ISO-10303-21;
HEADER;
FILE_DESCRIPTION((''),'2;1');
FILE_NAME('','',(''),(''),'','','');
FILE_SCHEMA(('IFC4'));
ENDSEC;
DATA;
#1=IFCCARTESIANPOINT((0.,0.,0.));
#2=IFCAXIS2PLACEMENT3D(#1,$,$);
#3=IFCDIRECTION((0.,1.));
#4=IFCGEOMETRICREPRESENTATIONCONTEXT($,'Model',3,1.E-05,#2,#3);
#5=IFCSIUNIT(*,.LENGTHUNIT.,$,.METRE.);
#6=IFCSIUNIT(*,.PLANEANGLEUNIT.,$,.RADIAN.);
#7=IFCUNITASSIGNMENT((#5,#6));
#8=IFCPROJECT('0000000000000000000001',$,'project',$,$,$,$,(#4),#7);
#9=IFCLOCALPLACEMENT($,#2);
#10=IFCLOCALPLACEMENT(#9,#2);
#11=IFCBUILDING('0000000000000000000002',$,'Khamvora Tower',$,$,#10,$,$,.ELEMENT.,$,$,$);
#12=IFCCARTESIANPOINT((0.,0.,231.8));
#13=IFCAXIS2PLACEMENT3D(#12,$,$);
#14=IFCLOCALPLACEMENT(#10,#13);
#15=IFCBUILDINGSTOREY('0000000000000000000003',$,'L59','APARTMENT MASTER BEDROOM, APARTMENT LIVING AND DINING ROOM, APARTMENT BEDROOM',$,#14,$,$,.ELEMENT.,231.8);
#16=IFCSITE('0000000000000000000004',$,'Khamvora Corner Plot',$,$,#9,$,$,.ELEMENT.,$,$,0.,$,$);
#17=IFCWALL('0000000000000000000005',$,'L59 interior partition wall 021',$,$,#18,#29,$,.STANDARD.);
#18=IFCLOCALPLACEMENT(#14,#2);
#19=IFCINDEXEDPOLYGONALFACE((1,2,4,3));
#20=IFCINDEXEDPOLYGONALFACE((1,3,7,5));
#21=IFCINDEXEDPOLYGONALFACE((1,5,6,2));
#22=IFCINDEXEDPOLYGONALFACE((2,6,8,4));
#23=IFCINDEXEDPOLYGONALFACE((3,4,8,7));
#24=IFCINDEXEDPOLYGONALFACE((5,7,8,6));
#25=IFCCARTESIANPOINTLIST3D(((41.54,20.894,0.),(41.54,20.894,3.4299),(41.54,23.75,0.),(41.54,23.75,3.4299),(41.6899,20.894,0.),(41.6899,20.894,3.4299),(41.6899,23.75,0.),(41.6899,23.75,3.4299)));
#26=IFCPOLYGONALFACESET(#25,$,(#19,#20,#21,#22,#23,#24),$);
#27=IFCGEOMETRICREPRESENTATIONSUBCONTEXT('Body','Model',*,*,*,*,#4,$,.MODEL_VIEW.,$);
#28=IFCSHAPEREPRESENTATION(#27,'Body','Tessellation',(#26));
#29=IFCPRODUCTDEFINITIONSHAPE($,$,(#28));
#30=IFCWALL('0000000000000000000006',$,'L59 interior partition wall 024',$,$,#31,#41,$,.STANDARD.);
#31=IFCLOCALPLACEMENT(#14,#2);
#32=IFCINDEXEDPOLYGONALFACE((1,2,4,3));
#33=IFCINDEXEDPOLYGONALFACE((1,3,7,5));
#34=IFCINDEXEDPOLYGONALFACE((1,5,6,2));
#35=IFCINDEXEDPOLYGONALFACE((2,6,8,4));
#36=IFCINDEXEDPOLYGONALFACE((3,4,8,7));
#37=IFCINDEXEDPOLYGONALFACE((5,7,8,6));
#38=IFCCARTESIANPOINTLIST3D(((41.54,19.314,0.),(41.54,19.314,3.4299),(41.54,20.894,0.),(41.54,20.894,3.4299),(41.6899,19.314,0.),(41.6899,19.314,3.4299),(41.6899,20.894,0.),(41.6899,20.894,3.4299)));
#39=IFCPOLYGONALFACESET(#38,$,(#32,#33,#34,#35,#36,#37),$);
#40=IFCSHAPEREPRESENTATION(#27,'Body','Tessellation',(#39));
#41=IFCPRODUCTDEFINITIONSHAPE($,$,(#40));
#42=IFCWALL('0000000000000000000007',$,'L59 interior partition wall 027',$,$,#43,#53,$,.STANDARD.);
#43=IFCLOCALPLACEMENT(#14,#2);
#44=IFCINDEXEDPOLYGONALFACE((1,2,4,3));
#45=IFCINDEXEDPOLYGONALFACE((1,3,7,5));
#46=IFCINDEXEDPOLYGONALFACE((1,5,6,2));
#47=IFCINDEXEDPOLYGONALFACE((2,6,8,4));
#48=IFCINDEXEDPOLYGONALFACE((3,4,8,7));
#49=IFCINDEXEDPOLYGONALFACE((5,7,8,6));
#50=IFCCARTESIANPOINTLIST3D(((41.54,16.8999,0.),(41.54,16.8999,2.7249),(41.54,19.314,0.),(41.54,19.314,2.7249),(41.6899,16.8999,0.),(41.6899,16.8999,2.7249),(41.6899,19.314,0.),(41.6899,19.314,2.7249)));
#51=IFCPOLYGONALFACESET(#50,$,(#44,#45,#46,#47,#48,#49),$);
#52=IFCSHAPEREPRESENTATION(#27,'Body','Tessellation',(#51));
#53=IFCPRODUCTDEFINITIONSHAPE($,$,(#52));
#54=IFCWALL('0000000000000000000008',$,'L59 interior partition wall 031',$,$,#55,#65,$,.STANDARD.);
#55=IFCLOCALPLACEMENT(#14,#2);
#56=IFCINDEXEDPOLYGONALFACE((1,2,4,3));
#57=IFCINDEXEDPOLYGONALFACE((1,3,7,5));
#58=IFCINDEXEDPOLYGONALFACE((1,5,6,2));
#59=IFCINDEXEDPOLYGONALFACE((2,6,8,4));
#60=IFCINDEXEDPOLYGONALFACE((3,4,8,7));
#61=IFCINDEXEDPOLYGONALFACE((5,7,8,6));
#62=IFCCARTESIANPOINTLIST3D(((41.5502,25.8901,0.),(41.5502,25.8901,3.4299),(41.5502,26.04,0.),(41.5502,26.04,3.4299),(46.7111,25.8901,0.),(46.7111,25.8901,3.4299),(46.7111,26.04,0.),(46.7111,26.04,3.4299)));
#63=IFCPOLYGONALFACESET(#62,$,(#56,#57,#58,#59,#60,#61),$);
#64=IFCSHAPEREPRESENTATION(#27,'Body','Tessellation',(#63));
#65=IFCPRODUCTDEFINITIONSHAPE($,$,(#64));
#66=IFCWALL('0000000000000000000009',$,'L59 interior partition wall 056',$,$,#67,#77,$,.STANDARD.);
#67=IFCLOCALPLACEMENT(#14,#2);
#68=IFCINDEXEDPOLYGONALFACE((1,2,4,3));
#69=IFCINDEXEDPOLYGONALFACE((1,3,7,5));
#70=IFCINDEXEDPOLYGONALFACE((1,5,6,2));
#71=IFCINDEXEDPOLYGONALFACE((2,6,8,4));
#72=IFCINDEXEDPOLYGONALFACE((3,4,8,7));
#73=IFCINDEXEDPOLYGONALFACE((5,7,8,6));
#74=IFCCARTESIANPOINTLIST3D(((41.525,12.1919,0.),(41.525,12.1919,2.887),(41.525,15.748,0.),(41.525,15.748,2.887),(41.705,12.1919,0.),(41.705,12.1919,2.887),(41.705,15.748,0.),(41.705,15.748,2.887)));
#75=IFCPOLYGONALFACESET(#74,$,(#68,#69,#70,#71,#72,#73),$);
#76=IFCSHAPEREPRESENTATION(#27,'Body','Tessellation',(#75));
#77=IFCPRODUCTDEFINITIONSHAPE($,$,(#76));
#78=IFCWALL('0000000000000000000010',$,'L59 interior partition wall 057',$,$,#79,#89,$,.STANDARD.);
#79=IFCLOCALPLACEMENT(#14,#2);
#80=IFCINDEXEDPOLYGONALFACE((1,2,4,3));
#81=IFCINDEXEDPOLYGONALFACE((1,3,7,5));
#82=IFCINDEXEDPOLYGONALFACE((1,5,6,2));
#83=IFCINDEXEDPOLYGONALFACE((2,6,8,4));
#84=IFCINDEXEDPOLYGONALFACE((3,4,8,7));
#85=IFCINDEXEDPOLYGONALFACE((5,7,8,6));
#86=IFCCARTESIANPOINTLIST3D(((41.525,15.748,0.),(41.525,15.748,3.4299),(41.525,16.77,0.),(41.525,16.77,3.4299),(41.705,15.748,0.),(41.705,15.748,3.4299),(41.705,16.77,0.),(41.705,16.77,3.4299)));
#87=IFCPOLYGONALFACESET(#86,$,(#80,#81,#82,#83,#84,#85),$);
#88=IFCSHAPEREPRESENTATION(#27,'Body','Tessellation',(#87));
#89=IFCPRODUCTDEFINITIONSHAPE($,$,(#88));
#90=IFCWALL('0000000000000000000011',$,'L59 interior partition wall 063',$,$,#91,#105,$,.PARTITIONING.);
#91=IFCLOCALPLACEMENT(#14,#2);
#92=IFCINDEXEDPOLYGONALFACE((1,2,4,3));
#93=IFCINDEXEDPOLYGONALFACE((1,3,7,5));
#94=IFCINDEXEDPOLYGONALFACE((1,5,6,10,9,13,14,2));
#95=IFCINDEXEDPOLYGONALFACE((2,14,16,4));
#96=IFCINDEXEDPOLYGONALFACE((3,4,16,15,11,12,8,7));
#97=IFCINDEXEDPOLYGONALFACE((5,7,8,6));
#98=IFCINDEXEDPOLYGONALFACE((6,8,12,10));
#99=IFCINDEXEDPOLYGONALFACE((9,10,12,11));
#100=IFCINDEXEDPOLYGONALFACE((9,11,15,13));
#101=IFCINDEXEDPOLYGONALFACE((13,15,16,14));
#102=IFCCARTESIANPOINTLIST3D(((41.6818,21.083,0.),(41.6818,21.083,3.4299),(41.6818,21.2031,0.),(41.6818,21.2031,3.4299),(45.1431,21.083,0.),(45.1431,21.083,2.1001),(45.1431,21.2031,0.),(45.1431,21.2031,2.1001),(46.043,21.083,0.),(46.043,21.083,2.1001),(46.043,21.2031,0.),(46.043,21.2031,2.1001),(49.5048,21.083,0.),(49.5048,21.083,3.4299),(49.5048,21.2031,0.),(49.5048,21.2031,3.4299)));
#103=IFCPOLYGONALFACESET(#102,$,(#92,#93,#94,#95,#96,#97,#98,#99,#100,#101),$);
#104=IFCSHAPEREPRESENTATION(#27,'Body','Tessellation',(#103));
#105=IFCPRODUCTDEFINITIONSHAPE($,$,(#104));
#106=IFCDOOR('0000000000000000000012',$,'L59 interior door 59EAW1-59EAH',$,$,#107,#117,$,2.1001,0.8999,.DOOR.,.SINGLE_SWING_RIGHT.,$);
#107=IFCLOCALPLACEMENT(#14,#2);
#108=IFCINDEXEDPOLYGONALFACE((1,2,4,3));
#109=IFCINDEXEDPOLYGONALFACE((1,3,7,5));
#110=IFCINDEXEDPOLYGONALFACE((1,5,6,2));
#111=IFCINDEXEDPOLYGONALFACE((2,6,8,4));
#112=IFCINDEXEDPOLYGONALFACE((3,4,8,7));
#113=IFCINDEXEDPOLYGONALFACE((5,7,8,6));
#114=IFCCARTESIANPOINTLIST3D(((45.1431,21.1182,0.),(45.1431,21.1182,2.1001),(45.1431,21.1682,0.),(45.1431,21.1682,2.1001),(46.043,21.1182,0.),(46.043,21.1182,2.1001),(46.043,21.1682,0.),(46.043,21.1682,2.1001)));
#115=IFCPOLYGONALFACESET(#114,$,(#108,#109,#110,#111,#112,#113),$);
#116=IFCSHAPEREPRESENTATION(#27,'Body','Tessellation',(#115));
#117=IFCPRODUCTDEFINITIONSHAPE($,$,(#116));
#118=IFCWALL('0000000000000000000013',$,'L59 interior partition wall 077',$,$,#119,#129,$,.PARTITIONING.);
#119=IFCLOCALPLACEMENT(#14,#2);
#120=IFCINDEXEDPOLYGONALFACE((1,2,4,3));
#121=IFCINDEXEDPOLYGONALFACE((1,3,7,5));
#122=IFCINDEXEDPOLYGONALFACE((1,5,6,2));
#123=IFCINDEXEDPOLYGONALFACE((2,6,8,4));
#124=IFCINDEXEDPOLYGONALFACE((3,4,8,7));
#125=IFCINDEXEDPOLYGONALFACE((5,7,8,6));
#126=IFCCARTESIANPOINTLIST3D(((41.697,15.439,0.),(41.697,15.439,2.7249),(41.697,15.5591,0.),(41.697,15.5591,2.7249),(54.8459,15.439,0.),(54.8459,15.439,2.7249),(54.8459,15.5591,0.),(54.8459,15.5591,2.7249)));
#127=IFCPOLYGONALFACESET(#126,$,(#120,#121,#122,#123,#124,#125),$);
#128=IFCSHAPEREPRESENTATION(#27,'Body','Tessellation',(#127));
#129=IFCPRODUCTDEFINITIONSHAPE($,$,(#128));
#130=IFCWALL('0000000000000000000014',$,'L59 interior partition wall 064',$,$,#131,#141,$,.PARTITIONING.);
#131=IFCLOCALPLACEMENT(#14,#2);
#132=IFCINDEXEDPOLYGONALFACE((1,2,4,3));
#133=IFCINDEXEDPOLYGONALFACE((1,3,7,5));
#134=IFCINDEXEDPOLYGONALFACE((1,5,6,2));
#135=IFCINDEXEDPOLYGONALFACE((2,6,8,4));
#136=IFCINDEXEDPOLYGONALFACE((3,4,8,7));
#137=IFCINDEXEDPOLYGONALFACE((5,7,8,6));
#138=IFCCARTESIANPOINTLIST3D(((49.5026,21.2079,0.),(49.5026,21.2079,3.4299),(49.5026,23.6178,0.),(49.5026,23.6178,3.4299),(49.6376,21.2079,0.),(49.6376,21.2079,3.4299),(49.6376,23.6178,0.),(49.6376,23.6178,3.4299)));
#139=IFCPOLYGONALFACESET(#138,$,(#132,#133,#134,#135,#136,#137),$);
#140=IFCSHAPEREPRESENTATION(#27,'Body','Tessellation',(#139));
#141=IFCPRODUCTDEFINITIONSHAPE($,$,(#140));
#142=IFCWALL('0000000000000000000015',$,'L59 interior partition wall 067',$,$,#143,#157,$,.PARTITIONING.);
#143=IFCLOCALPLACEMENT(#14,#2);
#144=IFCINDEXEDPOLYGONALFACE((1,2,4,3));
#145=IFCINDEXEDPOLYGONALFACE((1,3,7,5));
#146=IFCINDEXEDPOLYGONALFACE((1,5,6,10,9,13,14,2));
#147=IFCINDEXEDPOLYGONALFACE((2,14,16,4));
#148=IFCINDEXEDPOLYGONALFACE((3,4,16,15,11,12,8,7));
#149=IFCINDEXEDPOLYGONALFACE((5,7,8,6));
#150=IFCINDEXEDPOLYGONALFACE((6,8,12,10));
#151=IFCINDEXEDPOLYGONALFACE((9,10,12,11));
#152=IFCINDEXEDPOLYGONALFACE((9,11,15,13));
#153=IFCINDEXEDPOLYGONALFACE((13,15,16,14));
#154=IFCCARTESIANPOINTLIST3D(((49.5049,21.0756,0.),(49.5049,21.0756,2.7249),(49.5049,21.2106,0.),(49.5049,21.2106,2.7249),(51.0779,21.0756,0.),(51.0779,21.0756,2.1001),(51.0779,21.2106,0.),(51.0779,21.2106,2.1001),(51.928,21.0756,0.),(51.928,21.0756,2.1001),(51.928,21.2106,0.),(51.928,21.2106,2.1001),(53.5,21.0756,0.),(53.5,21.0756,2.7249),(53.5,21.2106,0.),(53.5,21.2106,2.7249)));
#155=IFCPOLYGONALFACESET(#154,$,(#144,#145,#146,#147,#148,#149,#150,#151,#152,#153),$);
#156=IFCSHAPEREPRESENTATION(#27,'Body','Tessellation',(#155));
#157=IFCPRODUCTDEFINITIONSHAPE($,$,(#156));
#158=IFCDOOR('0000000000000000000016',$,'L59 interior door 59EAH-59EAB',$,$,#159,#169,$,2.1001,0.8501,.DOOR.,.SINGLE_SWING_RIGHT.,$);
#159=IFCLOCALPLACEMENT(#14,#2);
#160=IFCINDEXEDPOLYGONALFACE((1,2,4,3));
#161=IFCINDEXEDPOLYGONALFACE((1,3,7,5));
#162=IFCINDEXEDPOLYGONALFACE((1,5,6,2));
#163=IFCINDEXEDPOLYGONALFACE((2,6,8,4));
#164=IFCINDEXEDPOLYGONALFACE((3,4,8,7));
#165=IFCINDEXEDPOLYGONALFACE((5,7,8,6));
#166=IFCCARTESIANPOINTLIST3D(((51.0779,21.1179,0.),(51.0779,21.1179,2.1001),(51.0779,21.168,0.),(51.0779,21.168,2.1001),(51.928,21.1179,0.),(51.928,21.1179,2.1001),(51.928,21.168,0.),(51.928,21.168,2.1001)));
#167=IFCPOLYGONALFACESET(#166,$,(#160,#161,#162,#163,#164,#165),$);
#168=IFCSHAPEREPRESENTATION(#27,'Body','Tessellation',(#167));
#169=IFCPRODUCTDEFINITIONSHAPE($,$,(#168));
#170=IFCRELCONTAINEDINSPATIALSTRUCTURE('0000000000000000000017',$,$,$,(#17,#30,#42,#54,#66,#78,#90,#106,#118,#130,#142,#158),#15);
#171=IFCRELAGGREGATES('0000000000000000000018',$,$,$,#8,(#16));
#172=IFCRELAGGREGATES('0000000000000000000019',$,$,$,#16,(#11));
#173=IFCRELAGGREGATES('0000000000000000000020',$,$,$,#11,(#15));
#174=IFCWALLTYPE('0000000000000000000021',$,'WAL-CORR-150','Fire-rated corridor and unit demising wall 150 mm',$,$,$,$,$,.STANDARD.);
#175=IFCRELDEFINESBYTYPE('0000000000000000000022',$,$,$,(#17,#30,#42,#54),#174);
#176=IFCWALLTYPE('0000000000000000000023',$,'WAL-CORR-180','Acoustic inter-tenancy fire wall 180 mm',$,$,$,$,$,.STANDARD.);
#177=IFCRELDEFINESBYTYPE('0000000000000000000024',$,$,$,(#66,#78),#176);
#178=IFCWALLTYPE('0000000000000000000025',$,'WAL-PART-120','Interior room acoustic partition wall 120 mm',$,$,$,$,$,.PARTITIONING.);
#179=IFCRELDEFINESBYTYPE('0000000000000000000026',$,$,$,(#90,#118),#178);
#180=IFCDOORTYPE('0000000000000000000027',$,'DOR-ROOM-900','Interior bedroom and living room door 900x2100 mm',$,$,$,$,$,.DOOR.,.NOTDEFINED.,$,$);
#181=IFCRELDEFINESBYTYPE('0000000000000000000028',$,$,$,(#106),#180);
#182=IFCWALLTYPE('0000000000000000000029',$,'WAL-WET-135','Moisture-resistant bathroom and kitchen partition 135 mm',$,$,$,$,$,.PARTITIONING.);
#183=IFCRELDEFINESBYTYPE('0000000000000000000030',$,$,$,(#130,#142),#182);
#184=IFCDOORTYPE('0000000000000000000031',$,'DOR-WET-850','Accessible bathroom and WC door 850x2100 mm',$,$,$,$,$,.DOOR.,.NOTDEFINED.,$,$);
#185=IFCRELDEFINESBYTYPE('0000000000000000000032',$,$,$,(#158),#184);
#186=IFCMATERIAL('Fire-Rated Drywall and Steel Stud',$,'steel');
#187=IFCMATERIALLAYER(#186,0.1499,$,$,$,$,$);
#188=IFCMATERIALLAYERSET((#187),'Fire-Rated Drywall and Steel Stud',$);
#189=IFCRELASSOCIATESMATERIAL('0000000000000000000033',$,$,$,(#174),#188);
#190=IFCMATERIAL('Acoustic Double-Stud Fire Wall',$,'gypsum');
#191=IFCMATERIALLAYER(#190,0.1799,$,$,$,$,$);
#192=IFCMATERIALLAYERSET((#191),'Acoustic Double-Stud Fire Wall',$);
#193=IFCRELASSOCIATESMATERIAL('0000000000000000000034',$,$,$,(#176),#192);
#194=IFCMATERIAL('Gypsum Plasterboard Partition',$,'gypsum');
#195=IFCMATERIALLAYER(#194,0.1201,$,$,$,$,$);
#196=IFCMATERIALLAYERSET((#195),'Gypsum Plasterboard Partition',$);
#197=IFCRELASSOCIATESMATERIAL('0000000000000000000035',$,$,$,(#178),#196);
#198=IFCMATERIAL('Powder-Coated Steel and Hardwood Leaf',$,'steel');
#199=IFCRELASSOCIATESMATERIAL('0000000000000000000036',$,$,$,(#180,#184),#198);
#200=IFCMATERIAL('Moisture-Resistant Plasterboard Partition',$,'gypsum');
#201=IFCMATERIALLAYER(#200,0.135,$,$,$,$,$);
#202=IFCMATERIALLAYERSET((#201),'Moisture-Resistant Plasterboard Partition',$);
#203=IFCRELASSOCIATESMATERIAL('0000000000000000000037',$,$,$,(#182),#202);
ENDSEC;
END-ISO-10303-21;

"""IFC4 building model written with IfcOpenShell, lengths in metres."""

from ifc_helpers import new_model, si_unit, direction, frame, frame_2d, origin, place, context, subcontext, project, spatial, rectangle, extrude, material, layer, layer_set, type_object, element, fill, save


model = new_model("IFC4")

# Units and contexts
model_context = context("Model", 3, precision=1e-05, world=origin(), true_north=direction((0.0, 1.0)))
body_context = subcontext(model_context, "Body", "Model", "MODEL_VIEW")
ifc_project = project(units=[si_unit("LENGTHUNIT", "METRE"), si_unit("PLANEANGLEUNIT", "RADIAN")], contexts=[model_context])

# Site, building, storey
site_placement = place(None, origin())
site = spatial("IfcSite", under=ifc_project, at=site_placement, Name="Khamvora Corner Plot", CompositionType="ELEMENT", RefElevation=0.0)
building_placement = place(site_placement, origin())
building = spatial("IfcBuilding", under=site, at=building_placement, Name="Khamvora Tower", CompositionType="ELEMENT")
storey_placement = place(building_placement, frame((0.0, 0.0, 231.8)))
storey = spatial("IfcBuildingStorey", under=building, at=storey_placement, Name="L59", Description="APARTMENT MASTER BEDROOM, APARTMENT LIVING AND DINING ROOM, APARTMENT BEDROOM", CompositionType="ELEMENT", Elevation=231.8)

# Walls
ifc_material_1 = material(Name="Fire-Rated Drywall and Steel Stud", Category="steel")
ifc_layer_1 = layer(ifc_material_1, 0.1499)
ifc_layer_set_1 = layer_set([ifc_layer_1], Name="Fire-Rated Drywall and Steel Stud")
wall_type_1 = type_object("IfcWallType", Name="WAL-CORR-150", Description="Fire-rated corridor and unit demising wall 150 mm", PredefinedType="STANDARD", material=ifc_layer_set_1)
wall_1_placement = place(storey_placement, frame((41.615, 23.75, 0.0), z_axis=(0.0, 0.0, 1.0), x_axis=(0.0, -1.0, 0.0)))
element("IfcWall", 1, at=wall_1_placement, inside=storey, type_object=wall_type_1, Name="L59 interior partition wall 021", PredefinedType="STANDARD", context=body_context, shape_type="SweptSolid", body=[
    extrude(rectangle(XDim=2.856, YDim=0.1499, at=frame_2d((1.428, 0.0))), origin(), (0.0, 0.0, 1.0), 3.4299),
])
wall_2_placement = place(storey_placement, frame((41.615, 20.894, 0.0), z_axis=(0.0, 0.0, 1.0), x_axis=(0.0, -1.0, 0.0)))
element("IfcWall", 2, at=wall_2_placement, inside=storey, type_object=wall_type_1, Name="L59 interior partition wall 024", PredefinedType="STANDARD", context=body_context, shape_type="SweptSolid", body=[
    extrude(rectangle(XDim=1.5801, YDim=0.1499, at=frame_2d((0.79, 0.0))), origin(), (0.0, 0.0, 1.0), 3.4299),
])
wall_3_placement = place(storey_placement, frame((41.615, 19.314, 0.0), z_axis=(0.0, 0.0, 1.0), x_axis=(0.0, -1.0, 0.0)))
element("IfcWall", 3, at=wall_3_placement, inside=storey, type_object=wall_type_1, Name="L59 interior partition wall 027", PredefinedType="STANDARD", context=body_context, shape_type="SweptSolid", body=[
    extrude(rectangle(XDim=2.4141, YDim=0.1499, at=frame_2d((1.207, 0.0))), origin(), (0.0, 0.0, 1.0), 2.7249),
])
wall_4_placement = place(storey_placement, frame((41.55, 25.9651, 0.0), z_axis=(0.0, 0.0, 1.0), x_axis=(1.0, 0.0, 0.0)))
element("IfcWall", 4, at=wall_4_placement, inside=storey, type_object=wall_type_1, Name="L59 interior partition wall 031", PredefinedType="STANDARD", context=body_context, shape_type="SweptSolid", body=[
    extrude(rectangle(XDim=5.1609, YDim=0.1499, at=frame_2d((2.5806, 0.0))), origin(), (0.0, 0.0, 1.0), 3.4299),
])
ifc_material_2 = material(Name="Acoustic Double-Stud Fire Wall", Category="gypsum")
ifc_layer_2 = layer(ifc_material_2, 0.1799)
ifc_layer_set_2 = layer_set([ifc_layer_2], Name="Acoustic Double-Stud Fire Wall")
wall_type_2 = type_object("IfcWallType", Name="WAL-CORR-180", Description="Acoustic inter-tenancy fire wall 180 mm", PredefinedType="STANDARD", material=ifc_layer_set_2)
wall_5_placement = place(storey_placement, frame((41.615, 15.748, 0.0), z_axis=(0.0, 0.0, 1.0), x_axis=(0.0, -1.0, 0.0)))
element("IfcWall", 5, at=wall_5_placement, inside=storey, type_object=wall_type_2, Name="L59 interior partition wall 056", PredefinedType="STANDARD", context=body_context, shape_type="SweptSolid", body=[
    extrude(rectangle(XDim=3.5562, YDim=0.1799, at=frame_2d((1.7781, 0.0))), origin(), (0.0, 0.0, 1.0), 2.887),
])
wall_6_placement = place(storey_placement, frame((41.615, 16.77, 0.0), z_axis=(0.0, 0.0, 1.0), x_axis=(0.0, -1.0, 0.0)))
element("IfcWall", 6, at=wall_6_placement, inside=storey, type_object=wall_type_2, Name="L59 interior partition wall 057", PredefinedType="STANDARD", context=body_context, shape_type="SweptSolid", body=[
    extrude(rectangle(XDim=1.022, YDim=0.1799, at=frame_2d((0.511, 0.0))), origin(), (0.0, 0.0, 1.0), 3.4299),
])

# Wall, opening, door
ifc_material_3 = material(Name="Gypsum Plasterboard Partition", Category="gypsum")
ifc_layer_3 = layer(ifc_material_3, 0.1201)
ifc_layer_set_3 = layer_set([ifc_layer_3], Name="Gypsum Plasterboard Partition")
wall_type_3 = type_object("IfcWallType", Name="WAL-PART-120", Description="Interior room acoustic partition wall 120 mm", PredefinedType="PARTITIONING", material=ifc_layer_set_3)
wall_7_placement = place(storey_placement, frame((49.5049, 21.1431, 0.0), z_axis=(0.0, 0.0, 1.0), x_axis=(-1.0, 0.0, 0.0)))
wall_7 = element("IfcWall", 7, at=wall_7_placement, inside=storey, type_object=wall_type_3, Name="L59 interior partition wall 063", PredefinedType="PARTITIONING", context=body_context, shape_type="SweptSolid", body=[
    extrude(rectangle(XDim=7.823, YDim=0.1201, at=frame_2d((3.9116, 0.0))), origin(), (0.0, 0.0, 1.0), 3.4299),
])
opening_1_placement = place(wall_7_placement, frame((3.4619, 0.0, 0.0)))
opening_1 = element("IfcOpeningElement", 8, at=opening_1_placement, cuts=wall_7, PredefinedType="OPENING", context=body_context, shape_type="SweptSolid", body=[
    extrude(rectangle(XDim=0.8999, YDim=2.1001, at=frame_2d((0.45, 1.05))), frame((0.0, 0.0701, 0.0), z_axis=(0.0, -1.0, 0.0), x_axis=(1.0, 0.0, 0.0)), (0.0, 0.0, 1.0), 0.1401),
])
ifc_material_4 = material(Name="Powder-Coated Steel and Hardwood Leaf", Category="steel")
door_type_1 = type_object("IfcDoorType", Name="DOR-ROOM-900", Description="Interior bedroom and living room door 900x2100 mm", OperationType="NOTDEFINED", PredefinedType="DOOR", material=ifc_material_4)
door_1_placement = place(opening_1_placement, origin())
door_1 = element("IfcDoor", 9, at=door_1_placement, inside=storey, type_object=door_type_1, Name="L59 interior door 59EAW1-59EAH", OperationType="SINGLE_SWING_RIGHT", OverallHeight=2.1001, OverallWidth=0.8999, PredefinedType="DOOR", context=body_context, shape_type="SweptSolid", body=[
    extrude(rectangle(XDim=0.8999, YDim=2.1001, at=frame_2d((0.45, 1.05))), frame((0.0, 0.0249, 0.0), z_axis=(0.0, -1.0, 0.0), x_axis=(1.0, 0.0, 0.0)), (0.0, 0.0, 1.0), 0.05),
])
fill(opening_1, door_1)

# Walls
wall_8_placement = place(storey_placement, frame((41.697, 15.499, 0.0), z_axis=(0.0, 0.0, 1.0), x_axis=(1.0, 0.0, 0.0)))
element("IfcWall", 10, at=wall_8_placement, inside=storey, type_object=wall_type_3, Name="L59 interior partition wall 077", PredefinedType="PARTITIONING", context=body_context, shape_type="SweptSolid", body=[
    extrude(rectangle(XDim=13.1489, YDim=0.1201, at=frame_2d((6.5745, 0.0))), origin(), (0.0, 0.0, 1.0), 2.7249),
])
ifc_material_5 = material(Name="Moisture-Resistant Plasterboard Partition", Category="gypsum")
ifc_layer_4 = layer(ifc_material_5, 0.135)
ifc_layer_set_4 = layer_set([ifc_layer_4], Name="Moisture-Resistant Plasterboard Partition")
wall_type_4 = type_object("IfcWallType", Name="WAL-WET-135", Description="Moisture-resistant bathroom and kitchen partition 135 mm", PredefinedType="PARTITIONING", material=ifc_layer_set_4)
wall_9_placement = place(storey_placement, frame((49.5701, 23.6179, 0.0), z_axis=(0.0, 0.0, 1.0), x_axis=(0.0, -1.0, 0.0)))
element("IfcWall", 11, at=wall_9_placement, inside=storey, type_object=wall_type_4, Name="L59 interior partition wall 064", PredefinedType="PARTITIONING", context=body_context, shape_type="SweptSolid", body=[
    extrude(rectangle(XDim=2.4099, YDim=0.135, at=frame_2d((1.2051, 0.0))), origin(), (0.0, 0.0, 1.0), 3.4299),
])

# Wall, opening, door
wall_10_placement = place(storey_placement, frame((49.5049, 21.1431, 0.0), z_axis=(0.0, 0.0, 1.0), x_axis=(1.0, 0.0, 0.0)))
wall_10 = element("IfcWall", 12, at=wall_10_placement, inside=storey, type_object=wall_type_4, Name="L59 interior partition wall 067", PredefinedType="PARTITIONING", context=body_context, shape_type="SweptSolid", body=[
    extrude(rectangle(XDim=3.9951, YDim=0.135, at=frame_2d((1.9976, 0.0))), origin(), (0.0, 0.0, 1.0), 2.7249),
])
opening_2_placement = place(wall_10_placement, frame((1.573, 0.0, 0.0)))
opening_2 = element("IfcOpeningElement", 13, at=opening_2_placement, cuts=wall_10, PredefinedType="OPENING", context=body_context, shape_type="SweptSolid", body=[
    extrude(rectangle(XDim=0.8501, YDim=2.1001, at=frame_2d((0.425, 1.05))), frame((0.0, 0.0774, 0.0), z_axis=(0.0, -1.0, 0.0), x_axis=(1.0, 0.0, 0.0)), (0.0, 0.0, 1.0), 0.155),
])
door_type_2 = type_object("IfcDoorType", Name="DOR-WET-850", Description="Accessible bathroom and WC door 850x2100 mm", OperationType="NOTDEFINED", PredefinedType="DOOR", material=ifc_material_4)
door_2_placement = place(opening_2_placement, origin())
door_2 = element("IfcDoor", 14, at=door_2_placement, inside=storey, type_object=door_type_2, Name="L59 interior door 59EAH-59EAB", OperationType="SINGLE_SWING_RIGHT", OverallHeight=2.1001, OverallWidth=0.8501, PredefinedType="DOOR", context=body_context, shape_type="SweptSolid", body=[
    extrude(rectangle(XDim=0.8501, YDim=2.1001, at=frame_2d((0.425, 1.05))), frame((0.0, 0.0249, 0.0), z_axis=(0.0, -1.0, 0.0), x_axis=(1.0, 0.0, 0.0)), (0.0, 0.0, 1.0), 0.05),
])
fill(opening_2, door_2)

save(model, "model.ifc")
